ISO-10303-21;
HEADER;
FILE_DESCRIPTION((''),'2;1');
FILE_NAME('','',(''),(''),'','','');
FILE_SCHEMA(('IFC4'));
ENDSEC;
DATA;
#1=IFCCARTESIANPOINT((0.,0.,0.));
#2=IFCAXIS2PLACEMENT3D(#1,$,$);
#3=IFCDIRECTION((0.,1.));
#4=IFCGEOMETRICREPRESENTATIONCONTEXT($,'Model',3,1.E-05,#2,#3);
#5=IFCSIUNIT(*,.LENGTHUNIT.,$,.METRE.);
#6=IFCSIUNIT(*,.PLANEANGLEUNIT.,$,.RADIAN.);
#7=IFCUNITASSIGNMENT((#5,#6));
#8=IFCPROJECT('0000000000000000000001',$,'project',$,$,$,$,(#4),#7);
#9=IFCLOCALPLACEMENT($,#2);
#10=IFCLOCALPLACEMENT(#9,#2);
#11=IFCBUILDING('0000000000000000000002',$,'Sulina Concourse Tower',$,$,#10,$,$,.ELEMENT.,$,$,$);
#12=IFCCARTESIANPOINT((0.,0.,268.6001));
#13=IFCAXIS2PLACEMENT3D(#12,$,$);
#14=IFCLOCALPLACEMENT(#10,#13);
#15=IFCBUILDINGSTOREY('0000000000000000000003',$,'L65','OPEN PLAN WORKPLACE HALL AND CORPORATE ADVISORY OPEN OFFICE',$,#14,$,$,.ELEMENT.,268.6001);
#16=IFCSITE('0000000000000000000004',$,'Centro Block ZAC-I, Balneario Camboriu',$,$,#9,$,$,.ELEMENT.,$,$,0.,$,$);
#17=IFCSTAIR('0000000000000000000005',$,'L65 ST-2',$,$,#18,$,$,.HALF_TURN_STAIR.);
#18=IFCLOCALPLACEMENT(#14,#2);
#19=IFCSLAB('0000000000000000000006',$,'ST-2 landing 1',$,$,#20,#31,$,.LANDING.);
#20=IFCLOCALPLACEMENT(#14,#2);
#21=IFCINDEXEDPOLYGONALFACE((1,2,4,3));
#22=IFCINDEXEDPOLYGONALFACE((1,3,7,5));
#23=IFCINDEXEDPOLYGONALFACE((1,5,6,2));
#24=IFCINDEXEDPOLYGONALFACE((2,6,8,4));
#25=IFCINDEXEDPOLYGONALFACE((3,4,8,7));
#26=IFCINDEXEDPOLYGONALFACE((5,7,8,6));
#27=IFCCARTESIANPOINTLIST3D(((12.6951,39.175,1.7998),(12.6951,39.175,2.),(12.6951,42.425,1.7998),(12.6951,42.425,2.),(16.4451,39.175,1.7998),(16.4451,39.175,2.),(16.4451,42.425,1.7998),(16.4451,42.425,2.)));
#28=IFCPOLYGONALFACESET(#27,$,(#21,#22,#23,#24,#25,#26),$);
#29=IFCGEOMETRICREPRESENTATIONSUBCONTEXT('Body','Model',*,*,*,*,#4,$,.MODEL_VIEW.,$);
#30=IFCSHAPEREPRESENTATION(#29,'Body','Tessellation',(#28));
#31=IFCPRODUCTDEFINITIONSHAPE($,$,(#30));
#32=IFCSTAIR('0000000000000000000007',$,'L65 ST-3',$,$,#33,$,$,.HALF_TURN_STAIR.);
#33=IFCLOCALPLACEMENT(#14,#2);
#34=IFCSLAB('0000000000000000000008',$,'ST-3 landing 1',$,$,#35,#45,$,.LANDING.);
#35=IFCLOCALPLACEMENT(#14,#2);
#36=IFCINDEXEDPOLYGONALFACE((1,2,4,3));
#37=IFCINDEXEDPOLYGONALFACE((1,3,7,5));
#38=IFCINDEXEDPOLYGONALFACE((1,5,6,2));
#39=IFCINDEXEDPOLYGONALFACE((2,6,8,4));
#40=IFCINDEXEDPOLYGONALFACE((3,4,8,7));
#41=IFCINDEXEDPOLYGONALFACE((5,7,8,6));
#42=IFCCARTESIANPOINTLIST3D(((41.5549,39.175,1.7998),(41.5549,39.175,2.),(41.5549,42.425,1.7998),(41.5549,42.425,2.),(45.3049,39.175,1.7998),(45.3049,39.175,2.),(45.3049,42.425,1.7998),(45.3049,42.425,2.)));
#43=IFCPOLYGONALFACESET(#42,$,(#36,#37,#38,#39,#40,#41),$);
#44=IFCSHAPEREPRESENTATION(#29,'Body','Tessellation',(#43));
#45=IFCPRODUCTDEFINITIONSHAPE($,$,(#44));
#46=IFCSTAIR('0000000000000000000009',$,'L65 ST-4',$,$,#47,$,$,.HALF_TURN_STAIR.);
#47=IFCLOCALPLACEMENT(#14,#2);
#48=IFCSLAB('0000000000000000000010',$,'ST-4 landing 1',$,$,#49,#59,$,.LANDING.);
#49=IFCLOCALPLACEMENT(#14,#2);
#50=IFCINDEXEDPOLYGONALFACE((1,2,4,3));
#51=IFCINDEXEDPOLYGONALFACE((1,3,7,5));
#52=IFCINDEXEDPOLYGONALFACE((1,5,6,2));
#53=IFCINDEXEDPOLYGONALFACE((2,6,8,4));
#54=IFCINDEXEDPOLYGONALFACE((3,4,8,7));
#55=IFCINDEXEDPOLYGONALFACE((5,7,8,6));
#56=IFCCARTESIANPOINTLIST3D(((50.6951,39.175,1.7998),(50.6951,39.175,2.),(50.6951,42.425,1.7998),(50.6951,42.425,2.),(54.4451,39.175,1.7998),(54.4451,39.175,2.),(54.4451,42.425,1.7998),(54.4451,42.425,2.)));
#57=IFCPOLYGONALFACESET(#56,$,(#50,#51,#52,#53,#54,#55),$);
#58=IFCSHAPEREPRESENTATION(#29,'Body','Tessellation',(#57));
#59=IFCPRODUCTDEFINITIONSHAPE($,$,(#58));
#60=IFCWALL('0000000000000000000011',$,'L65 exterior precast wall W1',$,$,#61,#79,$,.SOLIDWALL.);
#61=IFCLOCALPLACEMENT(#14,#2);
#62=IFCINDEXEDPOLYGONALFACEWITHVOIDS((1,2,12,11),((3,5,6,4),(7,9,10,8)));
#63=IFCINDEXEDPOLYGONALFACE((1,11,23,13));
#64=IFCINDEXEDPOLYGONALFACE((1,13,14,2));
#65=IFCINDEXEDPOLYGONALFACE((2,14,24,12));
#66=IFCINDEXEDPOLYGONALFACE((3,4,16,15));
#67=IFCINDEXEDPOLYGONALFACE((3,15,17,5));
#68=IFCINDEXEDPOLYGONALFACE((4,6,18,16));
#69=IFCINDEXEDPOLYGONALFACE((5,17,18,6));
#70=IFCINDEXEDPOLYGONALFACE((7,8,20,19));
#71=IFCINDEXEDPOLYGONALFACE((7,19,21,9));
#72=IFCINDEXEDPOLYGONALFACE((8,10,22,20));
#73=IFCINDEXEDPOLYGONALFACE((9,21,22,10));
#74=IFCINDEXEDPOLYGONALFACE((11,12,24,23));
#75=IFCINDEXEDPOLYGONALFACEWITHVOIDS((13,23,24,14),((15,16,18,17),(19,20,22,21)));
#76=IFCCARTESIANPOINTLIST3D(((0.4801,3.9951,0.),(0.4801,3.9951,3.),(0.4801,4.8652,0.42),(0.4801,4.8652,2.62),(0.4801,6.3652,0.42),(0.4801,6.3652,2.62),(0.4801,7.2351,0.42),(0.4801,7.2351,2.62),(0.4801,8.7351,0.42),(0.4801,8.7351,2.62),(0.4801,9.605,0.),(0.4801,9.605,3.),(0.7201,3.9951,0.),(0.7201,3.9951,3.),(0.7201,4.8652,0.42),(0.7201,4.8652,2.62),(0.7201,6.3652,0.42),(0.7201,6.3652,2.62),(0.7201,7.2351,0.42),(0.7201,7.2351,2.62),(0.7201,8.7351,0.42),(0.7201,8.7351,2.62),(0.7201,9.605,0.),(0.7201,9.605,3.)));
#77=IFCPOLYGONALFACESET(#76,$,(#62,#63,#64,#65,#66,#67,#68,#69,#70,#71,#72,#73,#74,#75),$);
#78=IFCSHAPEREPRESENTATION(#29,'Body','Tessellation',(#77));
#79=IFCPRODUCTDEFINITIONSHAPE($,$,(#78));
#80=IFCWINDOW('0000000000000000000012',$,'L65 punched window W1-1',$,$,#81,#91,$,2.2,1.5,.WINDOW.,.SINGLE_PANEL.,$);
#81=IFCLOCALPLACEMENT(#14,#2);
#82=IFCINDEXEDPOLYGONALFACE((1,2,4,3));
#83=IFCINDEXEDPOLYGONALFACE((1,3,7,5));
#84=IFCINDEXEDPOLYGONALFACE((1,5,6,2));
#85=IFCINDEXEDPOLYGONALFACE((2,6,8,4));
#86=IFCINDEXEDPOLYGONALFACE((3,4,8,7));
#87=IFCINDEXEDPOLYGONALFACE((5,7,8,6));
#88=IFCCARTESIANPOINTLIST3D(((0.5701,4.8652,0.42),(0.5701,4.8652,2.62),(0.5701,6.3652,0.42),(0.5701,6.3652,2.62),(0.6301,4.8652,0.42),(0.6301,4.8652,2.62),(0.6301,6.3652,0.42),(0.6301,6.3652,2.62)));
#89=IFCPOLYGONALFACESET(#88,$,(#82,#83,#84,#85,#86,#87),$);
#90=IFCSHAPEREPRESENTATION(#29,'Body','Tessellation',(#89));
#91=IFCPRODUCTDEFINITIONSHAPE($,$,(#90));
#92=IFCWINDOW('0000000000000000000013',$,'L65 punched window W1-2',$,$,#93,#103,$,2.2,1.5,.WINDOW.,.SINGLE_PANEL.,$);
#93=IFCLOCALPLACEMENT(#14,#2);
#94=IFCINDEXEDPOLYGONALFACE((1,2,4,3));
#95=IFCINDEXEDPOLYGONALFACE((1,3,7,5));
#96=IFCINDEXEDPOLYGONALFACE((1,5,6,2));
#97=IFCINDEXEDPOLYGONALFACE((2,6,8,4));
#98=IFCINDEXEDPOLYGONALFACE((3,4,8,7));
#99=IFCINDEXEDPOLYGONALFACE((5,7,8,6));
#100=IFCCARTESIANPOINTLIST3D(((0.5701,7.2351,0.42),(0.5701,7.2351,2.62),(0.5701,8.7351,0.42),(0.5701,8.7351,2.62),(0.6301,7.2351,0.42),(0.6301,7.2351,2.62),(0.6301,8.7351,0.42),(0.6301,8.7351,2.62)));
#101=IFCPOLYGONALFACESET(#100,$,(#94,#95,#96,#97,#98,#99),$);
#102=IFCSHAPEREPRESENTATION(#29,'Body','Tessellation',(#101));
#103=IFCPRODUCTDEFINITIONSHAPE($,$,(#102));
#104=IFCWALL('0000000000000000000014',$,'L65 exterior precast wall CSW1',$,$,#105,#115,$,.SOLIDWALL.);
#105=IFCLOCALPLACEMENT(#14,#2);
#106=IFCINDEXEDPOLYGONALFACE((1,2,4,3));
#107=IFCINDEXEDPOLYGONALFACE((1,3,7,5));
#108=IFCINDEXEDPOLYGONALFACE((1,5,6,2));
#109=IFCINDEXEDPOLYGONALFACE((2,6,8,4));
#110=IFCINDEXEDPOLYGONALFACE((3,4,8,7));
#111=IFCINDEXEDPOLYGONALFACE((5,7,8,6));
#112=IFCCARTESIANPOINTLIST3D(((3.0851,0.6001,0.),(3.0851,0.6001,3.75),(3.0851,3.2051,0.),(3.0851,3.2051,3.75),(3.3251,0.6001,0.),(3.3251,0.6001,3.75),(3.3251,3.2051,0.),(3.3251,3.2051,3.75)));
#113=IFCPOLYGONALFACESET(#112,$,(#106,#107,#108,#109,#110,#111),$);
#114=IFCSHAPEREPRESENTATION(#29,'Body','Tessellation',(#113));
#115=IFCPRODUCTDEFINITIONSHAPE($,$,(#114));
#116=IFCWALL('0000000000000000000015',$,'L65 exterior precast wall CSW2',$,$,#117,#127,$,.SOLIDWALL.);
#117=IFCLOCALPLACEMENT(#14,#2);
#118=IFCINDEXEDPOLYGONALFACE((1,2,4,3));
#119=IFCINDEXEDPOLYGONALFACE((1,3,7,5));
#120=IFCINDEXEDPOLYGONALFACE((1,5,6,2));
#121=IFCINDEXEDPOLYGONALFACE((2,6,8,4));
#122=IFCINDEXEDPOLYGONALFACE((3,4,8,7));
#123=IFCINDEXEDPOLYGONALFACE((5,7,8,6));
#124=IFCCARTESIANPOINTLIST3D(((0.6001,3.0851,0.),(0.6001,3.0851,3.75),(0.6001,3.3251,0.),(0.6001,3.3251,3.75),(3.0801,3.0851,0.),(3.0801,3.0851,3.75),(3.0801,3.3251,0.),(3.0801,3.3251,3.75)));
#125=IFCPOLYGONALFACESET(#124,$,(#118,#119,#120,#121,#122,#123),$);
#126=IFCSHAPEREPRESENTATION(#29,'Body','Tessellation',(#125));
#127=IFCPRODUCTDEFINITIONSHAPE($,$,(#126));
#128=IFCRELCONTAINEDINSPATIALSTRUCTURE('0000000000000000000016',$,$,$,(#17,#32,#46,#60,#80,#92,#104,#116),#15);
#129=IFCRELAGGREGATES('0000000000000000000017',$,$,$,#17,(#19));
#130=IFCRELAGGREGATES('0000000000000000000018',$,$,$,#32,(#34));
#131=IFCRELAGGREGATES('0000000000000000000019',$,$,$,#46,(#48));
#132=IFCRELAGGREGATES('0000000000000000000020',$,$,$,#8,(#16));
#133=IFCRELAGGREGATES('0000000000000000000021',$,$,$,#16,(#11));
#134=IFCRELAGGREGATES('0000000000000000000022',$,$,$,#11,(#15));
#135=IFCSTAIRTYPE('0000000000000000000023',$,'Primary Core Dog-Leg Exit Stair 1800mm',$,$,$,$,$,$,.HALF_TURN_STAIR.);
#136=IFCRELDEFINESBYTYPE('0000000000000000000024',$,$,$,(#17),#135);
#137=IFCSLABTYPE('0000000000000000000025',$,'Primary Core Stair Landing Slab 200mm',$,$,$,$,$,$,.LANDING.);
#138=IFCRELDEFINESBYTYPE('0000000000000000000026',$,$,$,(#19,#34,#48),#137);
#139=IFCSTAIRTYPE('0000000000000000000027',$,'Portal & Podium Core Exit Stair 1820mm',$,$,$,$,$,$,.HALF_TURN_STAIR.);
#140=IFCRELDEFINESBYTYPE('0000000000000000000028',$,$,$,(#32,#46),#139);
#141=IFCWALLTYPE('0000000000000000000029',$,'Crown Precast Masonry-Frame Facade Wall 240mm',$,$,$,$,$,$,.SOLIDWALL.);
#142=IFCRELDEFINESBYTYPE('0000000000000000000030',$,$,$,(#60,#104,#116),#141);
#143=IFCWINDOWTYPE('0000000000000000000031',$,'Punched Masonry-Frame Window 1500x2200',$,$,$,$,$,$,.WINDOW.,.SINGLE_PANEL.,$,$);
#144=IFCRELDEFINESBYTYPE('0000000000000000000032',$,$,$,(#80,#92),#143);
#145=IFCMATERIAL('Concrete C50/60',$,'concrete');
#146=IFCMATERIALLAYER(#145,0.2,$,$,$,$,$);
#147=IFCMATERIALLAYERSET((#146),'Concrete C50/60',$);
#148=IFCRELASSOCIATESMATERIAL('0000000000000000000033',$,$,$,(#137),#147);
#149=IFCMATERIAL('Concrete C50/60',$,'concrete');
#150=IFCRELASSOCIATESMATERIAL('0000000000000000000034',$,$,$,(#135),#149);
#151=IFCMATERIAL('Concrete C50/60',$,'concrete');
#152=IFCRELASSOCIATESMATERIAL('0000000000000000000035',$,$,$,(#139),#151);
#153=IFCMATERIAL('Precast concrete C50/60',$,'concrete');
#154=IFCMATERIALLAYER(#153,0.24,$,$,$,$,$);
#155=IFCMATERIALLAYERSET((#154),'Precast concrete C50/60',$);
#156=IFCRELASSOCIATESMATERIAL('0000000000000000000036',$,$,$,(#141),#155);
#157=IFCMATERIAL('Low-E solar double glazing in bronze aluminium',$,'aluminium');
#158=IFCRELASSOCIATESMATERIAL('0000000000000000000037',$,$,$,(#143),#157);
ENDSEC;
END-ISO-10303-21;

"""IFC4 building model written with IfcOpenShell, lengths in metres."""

from ifc_helpers import new_model, si_unit, direction, frame, frame_2d, origin, place, context, subcontext, project, spatial, polyline, rectangle, outline, extrude, material, layer, layer_set, type_object, element, fill, aggregate, save


model = new_model("IFC4")

# Units and contexts
model_context = context("Model", 3, precision=1e-05, world=origin(), true_north=direction((0.0, 1.0)))
body_context = subcontext(model_context, "Body", "Model", "MODEL_VIEW")
ifc_project = project(units=[si_unit("LENGTHUNIT", "METRE"), si_unit("PLANEANGLEUNIT", "RADIAN")], contexts=[model_context])

# Site, building, storey
site_placement = place(None, origin())
site = spatial("IfcSite", under=ifc_project, at=site_placement, Name="Centro Block ZAC-I, Balneario Camboriu", CompositionType="ELEMENT", RefElevation=0.0)
building_placement = place(site_placement, origin())
building = spatial("IfcBuilding", under=site, at=building_placement, Name="Sulina Concourse Tower", CompositionType="ELEMENT")
storey_placement = place(building_placement, frame((0.0, 0.0, 268.6001)))
storey = spatial("IfcBuildingStorey", under=building, at=storey_placement, Name="L65", Description="OPEN PLAN WORKPLACE HALL AND CORPORATE ADVISORY OPEN OFFICE", CompositionType="ELEMENT", Elevation=268.6001)

# Shared definitions
ifc_material_1 = material(Name="Concrete C50/60", Category="concrete")
ifc_layer_1 = layer(ifc_material_1, 0.2)
ifc_layer_set_1 = layer_set([ifc_layer_1], Name="Concrete C50/60")
slab_type_1 = type_object("IfcSlabType", Name="Primary Core Stair Landing Slab 200mm", PredefinedType="LANDING", material=ifc_layer_set_1)

# Stairs, slabs
ifc_material_2 = material(Name="Concrete C50/60", Category="concrete")
stair_type_1 = type_object("IfcStairType", Name="Primary Core Dog-Leg Exit Stair 1800mm", PredefinedType="HALF_TURN_STAIR", material=ifc_material_2)
stair_1_placement = place(storey_placement, origin())
stair_1 = element("IfcStair", 1, at=stair_1_placement, inside=storey, type_object=stair_type_1, Name="L65 ST-2", PredefinedType="HALF_TURN_STAIR")
slab_1_placement = place(storey_placement, frame((0.0, 0.0, 1.7998)))
slab_1 = element("IfcSlab", 2, at=slab_1_placement, type_object=slab_type_1, Name="ST-2 landing 1", PredefinedType="LANDING", context=body_context, shape_type="SweptSolid", body=[
    extrude(outline(polyline([(16.4451, 39.175), (16.4451, 42.425), (12.6951, 42.425), (12.6951, 39.175), (16.4451, 39.175)])), origin(), (0.0, 0.0, 1.0), 0.2002),
])
aggregate(stair_1, [slab_1])
ifc_material_3 = material(Name="Concrete C50/60", Category="concrete")
stair_type_2 = type_object("IfcStairType", Name="Portal & Podium Core Exit Stair 1820mm", PredefinedType="HALF_TURN_STAIR", material=ifc_material_3)
stair_2_placement = place(storey_placement, origin())
stair_2 = element("IfcStair", 3, at=stair_2_placement, inside=storey, type_object=stair_type_2, Name="L65 ST-3", PredefinedType="HALF_TURN_STAIR")
slab_2_placement = place(storey_placement, frame((0.0, 0.0, 1.7998)))
slab_2 = element("IfcSlab", 4, at=slab_2_placement, type_object=slab_type_1, Name="ST-3 landing 1", PredefinedType="LANDING", context=body_context, shape_type="SweptSolid", body=[
    extrude(outline(polyline([(45.3049, 39.175), (45.3049, 42.425), (41.5549, 42.425), (41.5549, 39.175), (45.3049, 39.175)])), origin(), (0.0, 0.0, 1.0), 0.2002),
])
aggregate(stair_2, [slab_2])
stair_3_placement = place(storey_placement, origin())
stair_3 = element("IfcStair", 5, at=stair_3_placement, inside=storey, type_object=stair_type_2, Name="L65 ST-4", PredefinedType="HALF_TURN_STAIR")
slab_3_placement = place(storey_placement, frame((0.0, 0.0, 1.7998)))
slab_3 = element("IfcSlab", 6, at=slab_3_placement, type_object=slab_type_1, Name="ST-4 landing 1", PredefinedType="LANDING", context=body_context, shape_type="SweptSolid", body=[
    extrude(outline(polyline([(54.4451, 39.175), (54.4451, 42.425), (50.6951, 42.425), (50.6951, 39.175), (54.4451, 39.175)])), origin(), (0.0, 0.0, 1.0), 0.2002),
])
aggregate(stair_3, [slab_3])

# Wall, openings, windows
ifc_material_4 = material(Name="Precast concrete C50/60", Category="concrete")
ifc_layer_2 = layer(ifc_material_4, 0.24)
ifc_layer_set_2 = layer_set([ifc_layer_2], Name="Precast concrete C50/60")
wall_type = type_object("IfcWallType", Name="Crown Precast Masonry-Frame Facade Wall 240mm", PredefinedType="SOLIDWALL", material=ifc_layer_set_2)
wall_1_placement = place(storey_placement, frame((0.6001, 3.9951, 0.0), z_axis=(0.0, 0.0, 1.0), x_axis=(0.0, 1.0, 0.0)))
wall_1 = element("IfcWall", 7, at=wall_1_placement, inside=storey, type_object=wall_type, Name="L65 exterior precast wall W1", PredefinedType="SOLIDWALL", context=body_context, shape_type="SweptSolid", body=[
    extrude(rectangle(XDim=5.6099, YDim=0.24, at=frame_2d((2.8049, 0.0))), origin(), (0.0, 0.0, 1.0), 3.0),
])
opening_1_placement = place(wall_1_placement, frame((0.8701, 0.0, 0.4199)))
opening_1 = element("IfcOpeningElement", 8, at=opening_1_placement, cuts=wall_1, PredefinedType="OPENING", context=body_context, shape_type="SweptSolid", body=[
    extrude(rectangle(XDim=1.5, YDim=2.2, at=frame_2d((0.75, 1.1001))), frame((0.0, 0.1299, 0.0), z_axis=(0.0, -1.0, 0.0), x_axis=(1.0, 0.0, 0.0)), (0.0, 0.0, 1.0), 0.26),
])
opening_2_placement = place(wall_1_placement, frame((3.24, 0.0, 0.4199)))
opening_2 = element("IfcOpeningElement", 9, at=opening_2_placement, cuts=wall_1, PredefinedType="OPENING", context=body_context, shape_type="SweptSolid", body=[
    extrude(rectangle(XDim=1.5, YDim=2.2, at=frame_2d((0.75, 1.1001))), frame((0.0, 0.1299, 0.0), z_axis=(0.0, -1.0, 0.0), x_axis=(1.0, 0.0, 0.0)), (0.0, 0.0, 1.0), 0.26),
])
ifc_material_5 = material(Name="Low-E solar double glazing in bronze aluminium", Category="aluminium")
window_type = type_object("IfcWindowType", Name="Punched Masonry-Frame Window 1500x2200", PartitioningType="SINGLE_PANEL", PredefinedType="WINDOW", material=ifc_material_5)
window_1_placement = place(opening_1_placement, origin())
window_1 = element("IfcWindow", 10, at=window_1_placement, inside=storey, type_object=window_type, Name="L65 punched window W1-1", OverallHeight=2.2, OverallWidth=1.5, PartitioningType="SINGLE_PANEL", PredefinedType="WINDOW", context=body_context, shape_type="SweptSolid", body=[
    extrude(rectangle(XDim=1.5, YDim=2.2, at=frame_2d((0.75, 1.1001))), frame((0.0, 0.03, 0.0), z_axis=(0.0, -1.0, 0.0), x_axis=(1.0, 0.0, 0.0)), (0.0, 0.0, 1.0), 0.0601),
])
fill(opening_1, window_1)
window_2_placement = place(opening_2_placement, origin())
window_2 = element("IfcWindow", 11, at=window_2_placement, inside=storey, type_object=window_type, Name="L65 punched window W1-2", OverallHeight=2.2, OverallWidth=1.5, PartitioningType="SINGLE_PANEL", PredefinedType="WINDOW", context=body_context, shape_type="SweptSolid", body=[
    extrude(rectangle(XDim=1.5, YDim=2.2, at=frame_2d((0.75, 1.1001))), frame((0.0, 0.03, 0.0), z_axis=(0.0, -1.0, 0.0), x_axis=(1.0, 0.0, 0.0)), (0.0, 0.0, 1.0), 0.0601),
])
fill(opening_2, window_2)

# Walls
wall_2_placement = place(storey_placement, frame((3.2051, 0.6001, 0.0), z_axis=(0.0, 0.0, 1.0), x_axis=(0.0, 1.0, 0.0)))
element("IfcWall", 12, at=wall_2_placement, inside=storey, type_object=wall_type, Name="L65 exterior precast wall CSW1", PredefinedType="SOLIDWALL", context=body_context, shape_type="SweptSolid", body=[
    extrude(rectangle(XDim=2.605, YDim=0.24, at=frame_2d((1.3025, 0.0))), origin(), (0.0, 0.0, 1.0), 3.75),
])
wall_3_placement = place(storey_placement, frame((3.0801, 3.2051, 0.0), z_axis=(0.0, 0.0, 1.0), x_axis=(-1.0, 0.0, 0.0)))
element("IfcWall", 13, at=wall_3_placement, inside=storey, type_object=wall_type, Name="L65 exterior precast wall CSW2", PredefinedType="SOLIDWALL", context=body_context, shape_type="SweptSolid", body=[
    extrude(rectangle(XDim=2.48, YDim=0.24, at=frame_2d((1.24, 0.0))), origin(), (0.0, 0.0, 1.0), 3.75),
])

save(model, "model.ifc")
